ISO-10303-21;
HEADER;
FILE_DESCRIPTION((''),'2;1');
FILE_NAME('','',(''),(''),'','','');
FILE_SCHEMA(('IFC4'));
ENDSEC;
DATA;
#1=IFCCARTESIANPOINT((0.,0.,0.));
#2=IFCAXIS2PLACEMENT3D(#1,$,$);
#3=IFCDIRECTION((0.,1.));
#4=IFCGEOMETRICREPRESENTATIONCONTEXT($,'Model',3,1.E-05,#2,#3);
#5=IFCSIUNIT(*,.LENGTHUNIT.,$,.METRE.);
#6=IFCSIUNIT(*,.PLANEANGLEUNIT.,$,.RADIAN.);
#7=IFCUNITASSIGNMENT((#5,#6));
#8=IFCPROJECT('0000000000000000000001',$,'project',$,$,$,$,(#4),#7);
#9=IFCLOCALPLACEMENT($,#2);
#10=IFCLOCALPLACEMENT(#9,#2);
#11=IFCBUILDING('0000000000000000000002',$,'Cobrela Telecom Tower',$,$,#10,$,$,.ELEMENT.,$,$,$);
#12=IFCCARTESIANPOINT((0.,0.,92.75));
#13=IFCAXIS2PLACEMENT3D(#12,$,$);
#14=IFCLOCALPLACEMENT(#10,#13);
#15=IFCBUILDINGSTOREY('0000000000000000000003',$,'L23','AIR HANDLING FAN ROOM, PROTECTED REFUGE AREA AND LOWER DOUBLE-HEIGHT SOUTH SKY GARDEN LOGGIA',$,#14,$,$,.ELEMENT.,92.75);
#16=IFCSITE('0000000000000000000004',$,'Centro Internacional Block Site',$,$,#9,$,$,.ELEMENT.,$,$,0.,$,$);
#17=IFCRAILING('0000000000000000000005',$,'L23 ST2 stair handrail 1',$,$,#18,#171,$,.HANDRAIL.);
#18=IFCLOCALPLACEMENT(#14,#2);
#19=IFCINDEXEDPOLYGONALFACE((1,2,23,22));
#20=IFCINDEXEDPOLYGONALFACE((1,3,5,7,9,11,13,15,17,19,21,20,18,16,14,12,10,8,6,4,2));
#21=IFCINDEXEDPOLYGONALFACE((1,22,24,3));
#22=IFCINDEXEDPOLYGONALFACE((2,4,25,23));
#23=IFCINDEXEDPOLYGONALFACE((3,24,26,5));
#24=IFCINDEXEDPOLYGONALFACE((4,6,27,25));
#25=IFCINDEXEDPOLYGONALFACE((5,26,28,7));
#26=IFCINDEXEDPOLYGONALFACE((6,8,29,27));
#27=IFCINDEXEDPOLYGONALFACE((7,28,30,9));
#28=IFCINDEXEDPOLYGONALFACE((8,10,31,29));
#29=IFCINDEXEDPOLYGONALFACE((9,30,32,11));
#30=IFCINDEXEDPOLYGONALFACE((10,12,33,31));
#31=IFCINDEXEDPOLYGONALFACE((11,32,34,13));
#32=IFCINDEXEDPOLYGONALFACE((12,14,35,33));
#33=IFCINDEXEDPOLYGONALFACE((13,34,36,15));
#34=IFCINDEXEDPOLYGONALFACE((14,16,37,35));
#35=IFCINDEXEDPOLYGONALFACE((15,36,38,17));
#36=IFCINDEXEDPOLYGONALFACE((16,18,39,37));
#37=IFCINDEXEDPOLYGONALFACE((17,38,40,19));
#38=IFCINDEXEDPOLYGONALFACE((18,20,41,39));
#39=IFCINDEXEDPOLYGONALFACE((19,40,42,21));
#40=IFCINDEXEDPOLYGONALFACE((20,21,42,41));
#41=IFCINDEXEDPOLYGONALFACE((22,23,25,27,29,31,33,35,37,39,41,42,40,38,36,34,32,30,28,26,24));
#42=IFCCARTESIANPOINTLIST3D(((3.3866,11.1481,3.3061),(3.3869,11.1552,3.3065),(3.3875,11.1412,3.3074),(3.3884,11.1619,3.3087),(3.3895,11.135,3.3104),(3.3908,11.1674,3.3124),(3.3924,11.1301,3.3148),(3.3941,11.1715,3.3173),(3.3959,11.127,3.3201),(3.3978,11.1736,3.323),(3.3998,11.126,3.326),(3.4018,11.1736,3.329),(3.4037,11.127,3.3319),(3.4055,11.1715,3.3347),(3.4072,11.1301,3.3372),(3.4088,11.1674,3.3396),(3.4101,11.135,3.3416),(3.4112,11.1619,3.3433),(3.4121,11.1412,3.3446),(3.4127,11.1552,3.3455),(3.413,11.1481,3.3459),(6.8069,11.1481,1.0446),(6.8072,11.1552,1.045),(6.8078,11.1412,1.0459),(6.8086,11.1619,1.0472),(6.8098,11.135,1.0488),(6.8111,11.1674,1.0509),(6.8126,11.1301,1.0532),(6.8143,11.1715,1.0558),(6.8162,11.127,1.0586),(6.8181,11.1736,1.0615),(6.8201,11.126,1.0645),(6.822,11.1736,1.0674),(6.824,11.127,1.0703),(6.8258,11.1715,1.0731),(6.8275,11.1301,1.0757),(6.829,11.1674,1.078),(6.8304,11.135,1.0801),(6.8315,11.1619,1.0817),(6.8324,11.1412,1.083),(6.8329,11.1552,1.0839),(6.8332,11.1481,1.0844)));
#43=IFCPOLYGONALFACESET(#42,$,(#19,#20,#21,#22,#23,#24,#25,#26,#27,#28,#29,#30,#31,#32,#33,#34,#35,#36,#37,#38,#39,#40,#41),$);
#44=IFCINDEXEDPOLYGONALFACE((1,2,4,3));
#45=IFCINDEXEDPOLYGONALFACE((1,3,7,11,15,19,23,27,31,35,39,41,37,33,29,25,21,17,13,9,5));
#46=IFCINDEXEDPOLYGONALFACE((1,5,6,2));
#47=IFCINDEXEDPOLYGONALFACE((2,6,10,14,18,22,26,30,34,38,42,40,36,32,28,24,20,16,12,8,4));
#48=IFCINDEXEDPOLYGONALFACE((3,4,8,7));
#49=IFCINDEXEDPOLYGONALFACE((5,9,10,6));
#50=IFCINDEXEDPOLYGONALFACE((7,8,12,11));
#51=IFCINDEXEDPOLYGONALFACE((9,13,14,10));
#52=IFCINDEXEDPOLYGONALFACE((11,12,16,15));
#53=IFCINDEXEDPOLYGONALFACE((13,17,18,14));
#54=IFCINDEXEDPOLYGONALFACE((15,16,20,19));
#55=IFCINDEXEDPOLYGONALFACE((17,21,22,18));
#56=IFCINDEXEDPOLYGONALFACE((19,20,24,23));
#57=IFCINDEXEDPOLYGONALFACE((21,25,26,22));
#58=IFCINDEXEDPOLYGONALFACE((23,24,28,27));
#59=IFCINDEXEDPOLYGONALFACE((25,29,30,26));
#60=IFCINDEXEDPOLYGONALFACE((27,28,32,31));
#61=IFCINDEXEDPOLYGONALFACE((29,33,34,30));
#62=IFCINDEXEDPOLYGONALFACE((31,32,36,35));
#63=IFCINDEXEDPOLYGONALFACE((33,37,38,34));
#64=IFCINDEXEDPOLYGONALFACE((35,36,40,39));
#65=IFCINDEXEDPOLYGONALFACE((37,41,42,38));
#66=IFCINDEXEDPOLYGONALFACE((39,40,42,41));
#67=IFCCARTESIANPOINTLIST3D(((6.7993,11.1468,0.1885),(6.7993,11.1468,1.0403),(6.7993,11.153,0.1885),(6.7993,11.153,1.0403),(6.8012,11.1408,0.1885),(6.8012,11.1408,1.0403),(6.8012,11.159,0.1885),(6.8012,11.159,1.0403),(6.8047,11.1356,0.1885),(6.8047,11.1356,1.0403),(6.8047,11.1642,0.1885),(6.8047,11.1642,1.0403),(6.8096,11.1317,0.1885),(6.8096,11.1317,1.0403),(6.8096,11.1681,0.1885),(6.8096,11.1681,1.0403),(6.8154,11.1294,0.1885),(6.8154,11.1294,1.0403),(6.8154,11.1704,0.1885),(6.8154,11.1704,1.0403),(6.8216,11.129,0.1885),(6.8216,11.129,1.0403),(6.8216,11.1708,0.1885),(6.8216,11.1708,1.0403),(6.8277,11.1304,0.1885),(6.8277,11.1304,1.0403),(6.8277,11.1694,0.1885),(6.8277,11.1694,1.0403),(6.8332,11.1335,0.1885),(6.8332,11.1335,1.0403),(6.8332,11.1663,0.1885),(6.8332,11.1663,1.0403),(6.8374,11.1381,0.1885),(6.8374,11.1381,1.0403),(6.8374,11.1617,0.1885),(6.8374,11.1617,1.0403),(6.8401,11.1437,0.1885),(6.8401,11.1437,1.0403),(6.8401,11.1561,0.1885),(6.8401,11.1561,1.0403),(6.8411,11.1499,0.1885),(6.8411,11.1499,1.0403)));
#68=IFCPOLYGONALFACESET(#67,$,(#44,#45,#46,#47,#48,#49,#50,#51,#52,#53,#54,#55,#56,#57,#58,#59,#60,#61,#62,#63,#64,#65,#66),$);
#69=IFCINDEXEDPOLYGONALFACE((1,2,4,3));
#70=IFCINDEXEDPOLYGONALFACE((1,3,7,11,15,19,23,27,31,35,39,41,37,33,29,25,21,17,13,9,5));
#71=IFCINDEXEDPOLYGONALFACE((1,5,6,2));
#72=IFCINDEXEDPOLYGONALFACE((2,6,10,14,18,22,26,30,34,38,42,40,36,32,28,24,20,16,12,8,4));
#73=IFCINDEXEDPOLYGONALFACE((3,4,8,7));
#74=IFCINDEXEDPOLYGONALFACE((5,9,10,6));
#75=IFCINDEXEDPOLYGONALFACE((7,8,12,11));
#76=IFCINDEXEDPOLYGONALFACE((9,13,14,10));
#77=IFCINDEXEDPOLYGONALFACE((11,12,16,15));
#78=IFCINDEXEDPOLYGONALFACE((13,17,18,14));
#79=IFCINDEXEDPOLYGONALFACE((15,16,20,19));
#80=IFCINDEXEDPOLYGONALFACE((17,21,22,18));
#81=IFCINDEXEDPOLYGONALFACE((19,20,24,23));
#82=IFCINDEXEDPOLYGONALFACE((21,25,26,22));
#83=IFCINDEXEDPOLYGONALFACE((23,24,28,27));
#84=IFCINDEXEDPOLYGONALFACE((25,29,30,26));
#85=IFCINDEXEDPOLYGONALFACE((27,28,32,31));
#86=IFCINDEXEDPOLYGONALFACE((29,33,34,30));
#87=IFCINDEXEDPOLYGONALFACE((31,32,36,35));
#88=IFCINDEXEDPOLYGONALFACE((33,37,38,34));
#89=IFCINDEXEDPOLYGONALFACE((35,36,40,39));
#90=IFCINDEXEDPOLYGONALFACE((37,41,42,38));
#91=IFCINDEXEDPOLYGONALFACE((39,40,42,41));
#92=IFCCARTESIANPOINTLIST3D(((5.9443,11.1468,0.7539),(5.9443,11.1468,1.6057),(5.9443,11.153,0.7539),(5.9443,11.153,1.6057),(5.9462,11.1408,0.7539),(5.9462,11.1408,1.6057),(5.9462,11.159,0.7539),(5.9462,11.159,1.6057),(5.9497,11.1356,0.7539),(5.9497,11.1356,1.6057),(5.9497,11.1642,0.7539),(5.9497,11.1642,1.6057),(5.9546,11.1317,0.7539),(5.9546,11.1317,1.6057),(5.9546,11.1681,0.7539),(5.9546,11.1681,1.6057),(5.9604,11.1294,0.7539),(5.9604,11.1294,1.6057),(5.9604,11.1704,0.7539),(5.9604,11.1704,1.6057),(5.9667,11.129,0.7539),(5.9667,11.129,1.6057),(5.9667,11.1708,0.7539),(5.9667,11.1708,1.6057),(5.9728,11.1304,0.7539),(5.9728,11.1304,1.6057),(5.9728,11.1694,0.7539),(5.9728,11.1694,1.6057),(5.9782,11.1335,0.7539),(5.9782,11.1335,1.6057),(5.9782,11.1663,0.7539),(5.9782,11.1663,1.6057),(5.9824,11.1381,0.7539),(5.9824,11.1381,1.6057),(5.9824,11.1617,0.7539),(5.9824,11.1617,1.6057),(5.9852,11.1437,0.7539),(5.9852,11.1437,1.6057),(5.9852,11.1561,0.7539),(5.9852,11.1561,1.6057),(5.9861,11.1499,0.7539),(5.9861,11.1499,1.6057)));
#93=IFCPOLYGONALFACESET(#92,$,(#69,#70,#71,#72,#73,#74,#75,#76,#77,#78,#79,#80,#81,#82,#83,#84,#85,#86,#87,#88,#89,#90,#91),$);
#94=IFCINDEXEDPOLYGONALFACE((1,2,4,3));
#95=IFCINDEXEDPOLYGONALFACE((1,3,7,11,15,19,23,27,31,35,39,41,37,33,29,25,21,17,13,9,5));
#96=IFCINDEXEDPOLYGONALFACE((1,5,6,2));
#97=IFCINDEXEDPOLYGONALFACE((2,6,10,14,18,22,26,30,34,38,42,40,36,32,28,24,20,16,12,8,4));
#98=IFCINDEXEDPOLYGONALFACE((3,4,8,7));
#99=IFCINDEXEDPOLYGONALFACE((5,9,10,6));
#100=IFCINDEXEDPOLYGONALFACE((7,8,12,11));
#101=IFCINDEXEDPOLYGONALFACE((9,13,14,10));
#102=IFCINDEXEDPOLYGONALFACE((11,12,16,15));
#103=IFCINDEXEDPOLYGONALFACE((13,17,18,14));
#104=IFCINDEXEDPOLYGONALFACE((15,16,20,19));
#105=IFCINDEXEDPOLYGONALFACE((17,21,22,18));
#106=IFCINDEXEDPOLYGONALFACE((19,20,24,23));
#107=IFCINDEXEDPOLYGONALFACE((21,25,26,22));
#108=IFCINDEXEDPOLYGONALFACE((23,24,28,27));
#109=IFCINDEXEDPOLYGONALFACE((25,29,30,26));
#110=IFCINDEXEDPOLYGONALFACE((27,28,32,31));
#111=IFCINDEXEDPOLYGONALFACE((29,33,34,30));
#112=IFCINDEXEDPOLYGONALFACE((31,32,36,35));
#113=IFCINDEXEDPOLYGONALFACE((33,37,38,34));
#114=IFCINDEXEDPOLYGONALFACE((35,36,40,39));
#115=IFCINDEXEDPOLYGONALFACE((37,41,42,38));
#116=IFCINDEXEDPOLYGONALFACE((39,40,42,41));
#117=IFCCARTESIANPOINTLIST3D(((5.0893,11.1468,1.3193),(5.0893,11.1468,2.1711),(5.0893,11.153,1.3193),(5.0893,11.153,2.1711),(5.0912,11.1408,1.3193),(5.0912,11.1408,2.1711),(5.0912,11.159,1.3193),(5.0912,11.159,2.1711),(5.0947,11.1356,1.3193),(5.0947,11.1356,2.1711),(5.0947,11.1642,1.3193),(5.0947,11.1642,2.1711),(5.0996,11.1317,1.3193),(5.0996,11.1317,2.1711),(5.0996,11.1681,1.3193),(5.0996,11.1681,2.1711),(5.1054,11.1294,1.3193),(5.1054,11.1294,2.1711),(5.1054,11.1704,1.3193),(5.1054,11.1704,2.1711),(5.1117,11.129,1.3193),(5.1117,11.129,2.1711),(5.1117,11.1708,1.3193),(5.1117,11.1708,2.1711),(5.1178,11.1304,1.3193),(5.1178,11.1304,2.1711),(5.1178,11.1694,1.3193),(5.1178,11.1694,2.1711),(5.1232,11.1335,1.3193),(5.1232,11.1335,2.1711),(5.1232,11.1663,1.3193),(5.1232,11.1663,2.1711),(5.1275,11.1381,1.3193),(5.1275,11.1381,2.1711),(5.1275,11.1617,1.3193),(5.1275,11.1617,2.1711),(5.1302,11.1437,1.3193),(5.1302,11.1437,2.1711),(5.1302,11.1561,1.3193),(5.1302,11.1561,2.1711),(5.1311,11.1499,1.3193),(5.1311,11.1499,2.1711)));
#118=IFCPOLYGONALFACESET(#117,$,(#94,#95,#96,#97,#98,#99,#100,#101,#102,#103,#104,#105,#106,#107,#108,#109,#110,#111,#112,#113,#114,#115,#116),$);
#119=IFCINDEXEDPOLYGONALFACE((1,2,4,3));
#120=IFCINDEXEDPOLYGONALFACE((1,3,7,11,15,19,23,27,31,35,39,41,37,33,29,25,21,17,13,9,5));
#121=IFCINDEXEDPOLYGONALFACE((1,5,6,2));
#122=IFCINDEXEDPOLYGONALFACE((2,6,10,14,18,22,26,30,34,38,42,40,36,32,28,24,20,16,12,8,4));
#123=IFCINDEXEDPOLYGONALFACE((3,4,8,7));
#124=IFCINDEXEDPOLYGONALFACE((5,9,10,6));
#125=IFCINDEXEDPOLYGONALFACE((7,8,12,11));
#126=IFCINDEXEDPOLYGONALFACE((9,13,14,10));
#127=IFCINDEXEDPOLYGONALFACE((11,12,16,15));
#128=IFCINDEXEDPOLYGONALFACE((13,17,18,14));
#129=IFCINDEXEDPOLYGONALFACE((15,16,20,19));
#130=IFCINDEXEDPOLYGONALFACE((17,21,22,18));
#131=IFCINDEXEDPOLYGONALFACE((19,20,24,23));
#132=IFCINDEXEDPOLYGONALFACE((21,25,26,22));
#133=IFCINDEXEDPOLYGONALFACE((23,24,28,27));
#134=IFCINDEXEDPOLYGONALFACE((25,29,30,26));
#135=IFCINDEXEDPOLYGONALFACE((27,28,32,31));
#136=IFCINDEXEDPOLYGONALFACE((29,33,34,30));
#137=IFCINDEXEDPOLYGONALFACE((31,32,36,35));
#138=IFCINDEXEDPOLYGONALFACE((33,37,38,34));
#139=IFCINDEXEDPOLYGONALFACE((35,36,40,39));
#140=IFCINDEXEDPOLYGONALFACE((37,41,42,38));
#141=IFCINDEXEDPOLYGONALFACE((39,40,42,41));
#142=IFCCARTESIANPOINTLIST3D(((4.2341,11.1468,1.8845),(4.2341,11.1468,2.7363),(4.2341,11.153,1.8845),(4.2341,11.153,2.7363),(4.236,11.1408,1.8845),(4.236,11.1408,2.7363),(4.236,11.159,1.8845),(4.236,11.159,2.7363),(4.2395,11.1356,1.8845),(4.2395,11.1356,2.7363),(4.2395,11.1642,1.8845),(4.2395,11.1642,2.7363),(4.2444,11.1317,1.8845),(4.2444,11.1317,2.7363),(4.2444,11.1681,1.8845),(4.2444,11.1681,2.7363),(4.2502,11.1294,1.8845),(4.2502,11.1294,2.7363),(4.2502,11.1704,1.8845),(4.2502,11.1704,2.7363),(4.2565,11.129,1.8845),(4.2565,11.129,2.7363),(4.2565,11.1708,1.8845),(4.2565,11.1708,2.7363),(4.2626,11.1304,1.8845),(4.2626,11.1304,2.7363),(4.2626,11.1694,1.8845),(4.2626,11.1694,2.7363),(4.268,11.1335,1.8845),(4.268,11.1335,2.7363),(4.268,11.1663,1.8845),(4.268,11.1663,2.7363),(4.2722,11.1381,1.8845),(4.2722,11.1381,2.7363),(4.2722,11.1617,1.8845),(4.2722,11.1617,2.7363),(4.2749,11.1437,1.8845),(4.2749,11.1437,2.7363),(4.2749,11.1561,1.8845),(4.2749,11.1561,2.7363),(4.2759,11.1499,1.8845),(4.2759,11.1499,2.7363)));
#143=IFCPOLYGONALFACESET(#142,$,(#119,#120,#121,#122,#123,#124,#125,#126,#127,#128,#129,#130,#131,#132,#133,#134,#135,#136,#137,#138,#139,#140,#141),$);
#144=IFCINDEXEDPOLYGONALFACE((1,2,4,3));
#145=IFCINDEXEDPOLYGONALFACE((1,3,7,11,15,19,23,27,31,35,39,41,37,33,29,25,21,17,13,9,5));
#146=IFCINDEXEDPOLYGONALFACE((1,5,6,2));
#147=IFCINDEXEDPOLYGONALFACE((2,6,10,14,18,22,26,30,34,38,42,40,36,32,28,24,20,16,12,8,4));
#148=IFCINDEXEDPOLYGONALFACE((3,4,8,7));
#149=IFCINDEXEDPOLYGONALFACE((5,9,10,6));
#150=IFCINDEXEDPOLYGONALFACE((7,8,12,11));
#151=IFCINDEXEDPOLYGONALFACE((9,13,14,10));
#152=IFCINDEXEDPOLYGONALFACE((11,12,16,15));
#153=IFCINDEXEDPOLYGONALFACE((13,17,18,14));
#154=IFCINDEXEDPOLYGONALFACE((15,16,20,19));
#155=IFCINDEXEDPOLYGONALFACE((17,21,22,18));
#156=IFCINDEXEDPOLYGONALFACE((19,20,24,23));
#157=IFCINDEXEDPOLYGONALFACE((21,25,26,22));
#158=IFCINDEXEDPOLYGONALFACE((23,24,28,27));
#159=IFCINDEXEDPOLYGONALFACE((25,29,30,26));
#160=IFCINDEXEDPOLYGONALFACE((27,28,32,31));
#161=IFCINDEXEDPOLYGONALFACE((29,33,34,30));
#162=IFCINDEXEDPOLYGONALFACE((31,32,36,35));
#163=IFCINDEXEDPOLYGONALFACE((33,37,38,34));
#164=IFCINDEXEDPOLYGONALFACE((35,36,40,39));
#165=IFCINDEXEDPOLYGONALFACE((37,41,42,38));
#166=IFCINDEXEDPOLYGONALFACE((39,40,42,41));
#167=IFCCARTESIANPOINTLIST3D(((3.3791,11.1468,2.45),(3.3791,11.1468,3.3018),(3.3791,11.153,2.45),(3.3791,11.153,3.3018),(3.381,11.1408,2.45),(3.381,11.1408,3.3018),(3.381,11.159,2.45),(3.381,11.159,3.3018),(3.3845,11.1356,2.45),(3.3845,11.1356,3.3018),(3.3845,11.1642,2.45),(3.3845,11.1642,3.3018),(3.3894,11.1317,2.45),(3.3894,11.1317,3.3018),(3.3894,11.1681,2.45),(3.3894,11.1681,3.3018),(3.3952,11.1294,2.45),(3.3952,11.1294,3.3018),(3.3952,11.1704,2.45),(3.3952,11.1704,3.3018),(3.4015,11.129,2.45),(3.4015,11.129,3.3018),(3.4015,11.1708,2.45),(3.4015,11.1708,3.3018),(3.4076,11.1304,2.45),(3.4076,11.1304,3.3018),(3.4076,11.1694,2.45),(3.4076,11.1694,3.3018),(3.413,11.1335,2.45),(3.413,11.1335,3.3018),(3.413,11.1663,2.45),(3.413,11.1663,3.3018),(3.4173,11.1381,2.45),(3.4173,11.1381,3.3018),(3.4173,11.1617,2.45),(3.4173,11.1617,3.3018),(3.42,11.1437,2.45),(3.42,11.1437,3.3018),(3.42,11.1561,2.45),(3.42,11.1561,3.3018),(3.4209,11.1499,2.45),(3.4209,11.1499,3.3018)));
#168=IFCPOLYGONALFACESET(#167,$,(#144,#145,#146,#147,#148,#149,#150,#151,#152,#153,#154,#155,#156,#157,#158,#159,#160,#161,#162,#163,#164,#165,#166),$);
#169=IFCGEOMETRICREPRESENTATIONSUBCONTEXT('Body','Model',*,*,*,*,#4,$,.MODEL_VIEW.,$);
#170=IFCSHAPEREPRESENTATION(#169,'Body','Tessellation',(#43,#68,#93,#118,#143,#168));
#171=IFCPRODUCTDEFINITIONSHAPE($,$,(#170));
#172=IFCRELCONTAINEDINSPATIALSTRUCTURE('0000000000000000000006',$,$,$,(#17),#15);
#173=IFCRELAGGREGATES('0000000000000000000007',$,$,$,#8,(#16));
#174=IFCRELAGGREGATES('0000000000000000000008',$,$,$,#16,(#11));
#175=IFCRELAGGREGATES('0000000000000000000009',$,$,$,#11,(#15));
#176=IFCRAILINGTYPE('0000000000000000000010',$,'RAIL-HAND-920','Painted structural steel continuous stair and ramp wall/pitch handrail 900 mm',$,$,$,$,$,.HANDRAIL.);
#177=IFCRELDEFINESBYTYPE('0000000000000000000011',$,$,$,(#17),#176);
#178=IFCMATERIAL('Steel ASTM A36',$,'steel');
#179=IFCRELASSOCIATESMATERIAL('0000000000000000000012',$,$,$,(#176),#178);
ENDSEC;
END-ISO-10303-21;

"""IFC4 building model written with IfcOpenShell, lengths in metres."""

from ifc_helpers import new_model, si_unit, direction, frame, origin, origin_2d, place, context, subcontext, project, spatial, circle, extrude, material, type_object, element, save


model = new_model("IFC4")

# Units and contexts
model_context = context("Model", 3, precision=1e-05, world=origin(), true_north=direction((0.0, 1.0)))
body_context = subcontext(model_context, "Body", "Model", "MODEL_VIEW")
ifc_project = project(units=[si_unit("LENGTHUNIT", "METRE"), si_unit("PLANEANGLEUNIT", "RADIAN")], contexts=[model_context])

# Site, building, storey
site_placement = place(None, origin())
site = spatial("IfcSite", under=ifc_project, at=site_placement, Name="Centro Internacional Block Site", CompositionType="ELEMENT", RefElevation=0.0)
building_placement = place(site_placement, origin())
building = spatial("IfcBuilding", under=site, at=building_placement, Name="Cobrela Telecom Tower", CompositionType="ELEMENT")
storey_placement = place(building_placement, frame((0.0, 0.0, 92.75)))
storey = spatial("IfcBuildingStorey", under=building, at=storey_placement, Name="L23", Description="AIR HANDLING FAN ROOM, PROTECTED REFUGE AREA AND LOWER DOUBLE-HEIGHT SOUTH SKY GARDEN LOGGIA", CompositionType="ELEMENT", Elevation=92.75)

# Railing
ifc_material_1 = material(Name="Steel ASTM A36", Category="steel")
railing_type_1 = type_object("IfcRailingType", Name="RAIL-HAND-920", Description="Painted structural steel continuous stair and ramp wall/pitch handrail 900 mm", PredefinedType="HANDRAIL", material=ifc_material_1)
railing_1_placement = place(storey_placement, frame((6.8201, 11.1499, 0.1885)))
element("IfcRailing", 1, at=railing_1_placement, inside=storey, type_object=railing_type_1, Name="L23 ST2 stair handrail 1", PredefinedType="HANDRAIL", context=body_context, shape_type="SweptSolid", body=[
    extrude(circle(Radius=0.0239, at=origin_2d()), frame((0.0, 0.0, 0.876), z_axis=(-0.834142, 0.0, 0.55155), x_axis=(0.0, -1.0, 0.0)), (0.0, 0.0, 1.0), 4.1003),
    extrude(circle(Radius=0.021, at=origin_2d()), origin(), (0.0, 0.0, 1.0), 0.8518),
    extrude(circle(Radius=0.021, at=origin_2d()), frame((-0.855, 0.0, 0.5654)), (0.0, 0.0, 1.0), 0.8518),
    extrude(circle(Radius=0.021, at=origin_2d()), frame((-1.71, 0.0, 1.1309)), (0.0, 0.0, 1.0), 0.8518),
    extrude(circle(Radius=0.021, at=origin_2d()), frame((-2.5652, 0.0, 1.696)), (0.0, 0.0, 1.0), 0.8518),
    extrude(circle(Radius=0.021, at=origin_2d()), frame((-3.4202, 0.0, 2.2615)), (0.0, 0.0, 1.0), 0.8518),
])

save(model, "model.ifc")
